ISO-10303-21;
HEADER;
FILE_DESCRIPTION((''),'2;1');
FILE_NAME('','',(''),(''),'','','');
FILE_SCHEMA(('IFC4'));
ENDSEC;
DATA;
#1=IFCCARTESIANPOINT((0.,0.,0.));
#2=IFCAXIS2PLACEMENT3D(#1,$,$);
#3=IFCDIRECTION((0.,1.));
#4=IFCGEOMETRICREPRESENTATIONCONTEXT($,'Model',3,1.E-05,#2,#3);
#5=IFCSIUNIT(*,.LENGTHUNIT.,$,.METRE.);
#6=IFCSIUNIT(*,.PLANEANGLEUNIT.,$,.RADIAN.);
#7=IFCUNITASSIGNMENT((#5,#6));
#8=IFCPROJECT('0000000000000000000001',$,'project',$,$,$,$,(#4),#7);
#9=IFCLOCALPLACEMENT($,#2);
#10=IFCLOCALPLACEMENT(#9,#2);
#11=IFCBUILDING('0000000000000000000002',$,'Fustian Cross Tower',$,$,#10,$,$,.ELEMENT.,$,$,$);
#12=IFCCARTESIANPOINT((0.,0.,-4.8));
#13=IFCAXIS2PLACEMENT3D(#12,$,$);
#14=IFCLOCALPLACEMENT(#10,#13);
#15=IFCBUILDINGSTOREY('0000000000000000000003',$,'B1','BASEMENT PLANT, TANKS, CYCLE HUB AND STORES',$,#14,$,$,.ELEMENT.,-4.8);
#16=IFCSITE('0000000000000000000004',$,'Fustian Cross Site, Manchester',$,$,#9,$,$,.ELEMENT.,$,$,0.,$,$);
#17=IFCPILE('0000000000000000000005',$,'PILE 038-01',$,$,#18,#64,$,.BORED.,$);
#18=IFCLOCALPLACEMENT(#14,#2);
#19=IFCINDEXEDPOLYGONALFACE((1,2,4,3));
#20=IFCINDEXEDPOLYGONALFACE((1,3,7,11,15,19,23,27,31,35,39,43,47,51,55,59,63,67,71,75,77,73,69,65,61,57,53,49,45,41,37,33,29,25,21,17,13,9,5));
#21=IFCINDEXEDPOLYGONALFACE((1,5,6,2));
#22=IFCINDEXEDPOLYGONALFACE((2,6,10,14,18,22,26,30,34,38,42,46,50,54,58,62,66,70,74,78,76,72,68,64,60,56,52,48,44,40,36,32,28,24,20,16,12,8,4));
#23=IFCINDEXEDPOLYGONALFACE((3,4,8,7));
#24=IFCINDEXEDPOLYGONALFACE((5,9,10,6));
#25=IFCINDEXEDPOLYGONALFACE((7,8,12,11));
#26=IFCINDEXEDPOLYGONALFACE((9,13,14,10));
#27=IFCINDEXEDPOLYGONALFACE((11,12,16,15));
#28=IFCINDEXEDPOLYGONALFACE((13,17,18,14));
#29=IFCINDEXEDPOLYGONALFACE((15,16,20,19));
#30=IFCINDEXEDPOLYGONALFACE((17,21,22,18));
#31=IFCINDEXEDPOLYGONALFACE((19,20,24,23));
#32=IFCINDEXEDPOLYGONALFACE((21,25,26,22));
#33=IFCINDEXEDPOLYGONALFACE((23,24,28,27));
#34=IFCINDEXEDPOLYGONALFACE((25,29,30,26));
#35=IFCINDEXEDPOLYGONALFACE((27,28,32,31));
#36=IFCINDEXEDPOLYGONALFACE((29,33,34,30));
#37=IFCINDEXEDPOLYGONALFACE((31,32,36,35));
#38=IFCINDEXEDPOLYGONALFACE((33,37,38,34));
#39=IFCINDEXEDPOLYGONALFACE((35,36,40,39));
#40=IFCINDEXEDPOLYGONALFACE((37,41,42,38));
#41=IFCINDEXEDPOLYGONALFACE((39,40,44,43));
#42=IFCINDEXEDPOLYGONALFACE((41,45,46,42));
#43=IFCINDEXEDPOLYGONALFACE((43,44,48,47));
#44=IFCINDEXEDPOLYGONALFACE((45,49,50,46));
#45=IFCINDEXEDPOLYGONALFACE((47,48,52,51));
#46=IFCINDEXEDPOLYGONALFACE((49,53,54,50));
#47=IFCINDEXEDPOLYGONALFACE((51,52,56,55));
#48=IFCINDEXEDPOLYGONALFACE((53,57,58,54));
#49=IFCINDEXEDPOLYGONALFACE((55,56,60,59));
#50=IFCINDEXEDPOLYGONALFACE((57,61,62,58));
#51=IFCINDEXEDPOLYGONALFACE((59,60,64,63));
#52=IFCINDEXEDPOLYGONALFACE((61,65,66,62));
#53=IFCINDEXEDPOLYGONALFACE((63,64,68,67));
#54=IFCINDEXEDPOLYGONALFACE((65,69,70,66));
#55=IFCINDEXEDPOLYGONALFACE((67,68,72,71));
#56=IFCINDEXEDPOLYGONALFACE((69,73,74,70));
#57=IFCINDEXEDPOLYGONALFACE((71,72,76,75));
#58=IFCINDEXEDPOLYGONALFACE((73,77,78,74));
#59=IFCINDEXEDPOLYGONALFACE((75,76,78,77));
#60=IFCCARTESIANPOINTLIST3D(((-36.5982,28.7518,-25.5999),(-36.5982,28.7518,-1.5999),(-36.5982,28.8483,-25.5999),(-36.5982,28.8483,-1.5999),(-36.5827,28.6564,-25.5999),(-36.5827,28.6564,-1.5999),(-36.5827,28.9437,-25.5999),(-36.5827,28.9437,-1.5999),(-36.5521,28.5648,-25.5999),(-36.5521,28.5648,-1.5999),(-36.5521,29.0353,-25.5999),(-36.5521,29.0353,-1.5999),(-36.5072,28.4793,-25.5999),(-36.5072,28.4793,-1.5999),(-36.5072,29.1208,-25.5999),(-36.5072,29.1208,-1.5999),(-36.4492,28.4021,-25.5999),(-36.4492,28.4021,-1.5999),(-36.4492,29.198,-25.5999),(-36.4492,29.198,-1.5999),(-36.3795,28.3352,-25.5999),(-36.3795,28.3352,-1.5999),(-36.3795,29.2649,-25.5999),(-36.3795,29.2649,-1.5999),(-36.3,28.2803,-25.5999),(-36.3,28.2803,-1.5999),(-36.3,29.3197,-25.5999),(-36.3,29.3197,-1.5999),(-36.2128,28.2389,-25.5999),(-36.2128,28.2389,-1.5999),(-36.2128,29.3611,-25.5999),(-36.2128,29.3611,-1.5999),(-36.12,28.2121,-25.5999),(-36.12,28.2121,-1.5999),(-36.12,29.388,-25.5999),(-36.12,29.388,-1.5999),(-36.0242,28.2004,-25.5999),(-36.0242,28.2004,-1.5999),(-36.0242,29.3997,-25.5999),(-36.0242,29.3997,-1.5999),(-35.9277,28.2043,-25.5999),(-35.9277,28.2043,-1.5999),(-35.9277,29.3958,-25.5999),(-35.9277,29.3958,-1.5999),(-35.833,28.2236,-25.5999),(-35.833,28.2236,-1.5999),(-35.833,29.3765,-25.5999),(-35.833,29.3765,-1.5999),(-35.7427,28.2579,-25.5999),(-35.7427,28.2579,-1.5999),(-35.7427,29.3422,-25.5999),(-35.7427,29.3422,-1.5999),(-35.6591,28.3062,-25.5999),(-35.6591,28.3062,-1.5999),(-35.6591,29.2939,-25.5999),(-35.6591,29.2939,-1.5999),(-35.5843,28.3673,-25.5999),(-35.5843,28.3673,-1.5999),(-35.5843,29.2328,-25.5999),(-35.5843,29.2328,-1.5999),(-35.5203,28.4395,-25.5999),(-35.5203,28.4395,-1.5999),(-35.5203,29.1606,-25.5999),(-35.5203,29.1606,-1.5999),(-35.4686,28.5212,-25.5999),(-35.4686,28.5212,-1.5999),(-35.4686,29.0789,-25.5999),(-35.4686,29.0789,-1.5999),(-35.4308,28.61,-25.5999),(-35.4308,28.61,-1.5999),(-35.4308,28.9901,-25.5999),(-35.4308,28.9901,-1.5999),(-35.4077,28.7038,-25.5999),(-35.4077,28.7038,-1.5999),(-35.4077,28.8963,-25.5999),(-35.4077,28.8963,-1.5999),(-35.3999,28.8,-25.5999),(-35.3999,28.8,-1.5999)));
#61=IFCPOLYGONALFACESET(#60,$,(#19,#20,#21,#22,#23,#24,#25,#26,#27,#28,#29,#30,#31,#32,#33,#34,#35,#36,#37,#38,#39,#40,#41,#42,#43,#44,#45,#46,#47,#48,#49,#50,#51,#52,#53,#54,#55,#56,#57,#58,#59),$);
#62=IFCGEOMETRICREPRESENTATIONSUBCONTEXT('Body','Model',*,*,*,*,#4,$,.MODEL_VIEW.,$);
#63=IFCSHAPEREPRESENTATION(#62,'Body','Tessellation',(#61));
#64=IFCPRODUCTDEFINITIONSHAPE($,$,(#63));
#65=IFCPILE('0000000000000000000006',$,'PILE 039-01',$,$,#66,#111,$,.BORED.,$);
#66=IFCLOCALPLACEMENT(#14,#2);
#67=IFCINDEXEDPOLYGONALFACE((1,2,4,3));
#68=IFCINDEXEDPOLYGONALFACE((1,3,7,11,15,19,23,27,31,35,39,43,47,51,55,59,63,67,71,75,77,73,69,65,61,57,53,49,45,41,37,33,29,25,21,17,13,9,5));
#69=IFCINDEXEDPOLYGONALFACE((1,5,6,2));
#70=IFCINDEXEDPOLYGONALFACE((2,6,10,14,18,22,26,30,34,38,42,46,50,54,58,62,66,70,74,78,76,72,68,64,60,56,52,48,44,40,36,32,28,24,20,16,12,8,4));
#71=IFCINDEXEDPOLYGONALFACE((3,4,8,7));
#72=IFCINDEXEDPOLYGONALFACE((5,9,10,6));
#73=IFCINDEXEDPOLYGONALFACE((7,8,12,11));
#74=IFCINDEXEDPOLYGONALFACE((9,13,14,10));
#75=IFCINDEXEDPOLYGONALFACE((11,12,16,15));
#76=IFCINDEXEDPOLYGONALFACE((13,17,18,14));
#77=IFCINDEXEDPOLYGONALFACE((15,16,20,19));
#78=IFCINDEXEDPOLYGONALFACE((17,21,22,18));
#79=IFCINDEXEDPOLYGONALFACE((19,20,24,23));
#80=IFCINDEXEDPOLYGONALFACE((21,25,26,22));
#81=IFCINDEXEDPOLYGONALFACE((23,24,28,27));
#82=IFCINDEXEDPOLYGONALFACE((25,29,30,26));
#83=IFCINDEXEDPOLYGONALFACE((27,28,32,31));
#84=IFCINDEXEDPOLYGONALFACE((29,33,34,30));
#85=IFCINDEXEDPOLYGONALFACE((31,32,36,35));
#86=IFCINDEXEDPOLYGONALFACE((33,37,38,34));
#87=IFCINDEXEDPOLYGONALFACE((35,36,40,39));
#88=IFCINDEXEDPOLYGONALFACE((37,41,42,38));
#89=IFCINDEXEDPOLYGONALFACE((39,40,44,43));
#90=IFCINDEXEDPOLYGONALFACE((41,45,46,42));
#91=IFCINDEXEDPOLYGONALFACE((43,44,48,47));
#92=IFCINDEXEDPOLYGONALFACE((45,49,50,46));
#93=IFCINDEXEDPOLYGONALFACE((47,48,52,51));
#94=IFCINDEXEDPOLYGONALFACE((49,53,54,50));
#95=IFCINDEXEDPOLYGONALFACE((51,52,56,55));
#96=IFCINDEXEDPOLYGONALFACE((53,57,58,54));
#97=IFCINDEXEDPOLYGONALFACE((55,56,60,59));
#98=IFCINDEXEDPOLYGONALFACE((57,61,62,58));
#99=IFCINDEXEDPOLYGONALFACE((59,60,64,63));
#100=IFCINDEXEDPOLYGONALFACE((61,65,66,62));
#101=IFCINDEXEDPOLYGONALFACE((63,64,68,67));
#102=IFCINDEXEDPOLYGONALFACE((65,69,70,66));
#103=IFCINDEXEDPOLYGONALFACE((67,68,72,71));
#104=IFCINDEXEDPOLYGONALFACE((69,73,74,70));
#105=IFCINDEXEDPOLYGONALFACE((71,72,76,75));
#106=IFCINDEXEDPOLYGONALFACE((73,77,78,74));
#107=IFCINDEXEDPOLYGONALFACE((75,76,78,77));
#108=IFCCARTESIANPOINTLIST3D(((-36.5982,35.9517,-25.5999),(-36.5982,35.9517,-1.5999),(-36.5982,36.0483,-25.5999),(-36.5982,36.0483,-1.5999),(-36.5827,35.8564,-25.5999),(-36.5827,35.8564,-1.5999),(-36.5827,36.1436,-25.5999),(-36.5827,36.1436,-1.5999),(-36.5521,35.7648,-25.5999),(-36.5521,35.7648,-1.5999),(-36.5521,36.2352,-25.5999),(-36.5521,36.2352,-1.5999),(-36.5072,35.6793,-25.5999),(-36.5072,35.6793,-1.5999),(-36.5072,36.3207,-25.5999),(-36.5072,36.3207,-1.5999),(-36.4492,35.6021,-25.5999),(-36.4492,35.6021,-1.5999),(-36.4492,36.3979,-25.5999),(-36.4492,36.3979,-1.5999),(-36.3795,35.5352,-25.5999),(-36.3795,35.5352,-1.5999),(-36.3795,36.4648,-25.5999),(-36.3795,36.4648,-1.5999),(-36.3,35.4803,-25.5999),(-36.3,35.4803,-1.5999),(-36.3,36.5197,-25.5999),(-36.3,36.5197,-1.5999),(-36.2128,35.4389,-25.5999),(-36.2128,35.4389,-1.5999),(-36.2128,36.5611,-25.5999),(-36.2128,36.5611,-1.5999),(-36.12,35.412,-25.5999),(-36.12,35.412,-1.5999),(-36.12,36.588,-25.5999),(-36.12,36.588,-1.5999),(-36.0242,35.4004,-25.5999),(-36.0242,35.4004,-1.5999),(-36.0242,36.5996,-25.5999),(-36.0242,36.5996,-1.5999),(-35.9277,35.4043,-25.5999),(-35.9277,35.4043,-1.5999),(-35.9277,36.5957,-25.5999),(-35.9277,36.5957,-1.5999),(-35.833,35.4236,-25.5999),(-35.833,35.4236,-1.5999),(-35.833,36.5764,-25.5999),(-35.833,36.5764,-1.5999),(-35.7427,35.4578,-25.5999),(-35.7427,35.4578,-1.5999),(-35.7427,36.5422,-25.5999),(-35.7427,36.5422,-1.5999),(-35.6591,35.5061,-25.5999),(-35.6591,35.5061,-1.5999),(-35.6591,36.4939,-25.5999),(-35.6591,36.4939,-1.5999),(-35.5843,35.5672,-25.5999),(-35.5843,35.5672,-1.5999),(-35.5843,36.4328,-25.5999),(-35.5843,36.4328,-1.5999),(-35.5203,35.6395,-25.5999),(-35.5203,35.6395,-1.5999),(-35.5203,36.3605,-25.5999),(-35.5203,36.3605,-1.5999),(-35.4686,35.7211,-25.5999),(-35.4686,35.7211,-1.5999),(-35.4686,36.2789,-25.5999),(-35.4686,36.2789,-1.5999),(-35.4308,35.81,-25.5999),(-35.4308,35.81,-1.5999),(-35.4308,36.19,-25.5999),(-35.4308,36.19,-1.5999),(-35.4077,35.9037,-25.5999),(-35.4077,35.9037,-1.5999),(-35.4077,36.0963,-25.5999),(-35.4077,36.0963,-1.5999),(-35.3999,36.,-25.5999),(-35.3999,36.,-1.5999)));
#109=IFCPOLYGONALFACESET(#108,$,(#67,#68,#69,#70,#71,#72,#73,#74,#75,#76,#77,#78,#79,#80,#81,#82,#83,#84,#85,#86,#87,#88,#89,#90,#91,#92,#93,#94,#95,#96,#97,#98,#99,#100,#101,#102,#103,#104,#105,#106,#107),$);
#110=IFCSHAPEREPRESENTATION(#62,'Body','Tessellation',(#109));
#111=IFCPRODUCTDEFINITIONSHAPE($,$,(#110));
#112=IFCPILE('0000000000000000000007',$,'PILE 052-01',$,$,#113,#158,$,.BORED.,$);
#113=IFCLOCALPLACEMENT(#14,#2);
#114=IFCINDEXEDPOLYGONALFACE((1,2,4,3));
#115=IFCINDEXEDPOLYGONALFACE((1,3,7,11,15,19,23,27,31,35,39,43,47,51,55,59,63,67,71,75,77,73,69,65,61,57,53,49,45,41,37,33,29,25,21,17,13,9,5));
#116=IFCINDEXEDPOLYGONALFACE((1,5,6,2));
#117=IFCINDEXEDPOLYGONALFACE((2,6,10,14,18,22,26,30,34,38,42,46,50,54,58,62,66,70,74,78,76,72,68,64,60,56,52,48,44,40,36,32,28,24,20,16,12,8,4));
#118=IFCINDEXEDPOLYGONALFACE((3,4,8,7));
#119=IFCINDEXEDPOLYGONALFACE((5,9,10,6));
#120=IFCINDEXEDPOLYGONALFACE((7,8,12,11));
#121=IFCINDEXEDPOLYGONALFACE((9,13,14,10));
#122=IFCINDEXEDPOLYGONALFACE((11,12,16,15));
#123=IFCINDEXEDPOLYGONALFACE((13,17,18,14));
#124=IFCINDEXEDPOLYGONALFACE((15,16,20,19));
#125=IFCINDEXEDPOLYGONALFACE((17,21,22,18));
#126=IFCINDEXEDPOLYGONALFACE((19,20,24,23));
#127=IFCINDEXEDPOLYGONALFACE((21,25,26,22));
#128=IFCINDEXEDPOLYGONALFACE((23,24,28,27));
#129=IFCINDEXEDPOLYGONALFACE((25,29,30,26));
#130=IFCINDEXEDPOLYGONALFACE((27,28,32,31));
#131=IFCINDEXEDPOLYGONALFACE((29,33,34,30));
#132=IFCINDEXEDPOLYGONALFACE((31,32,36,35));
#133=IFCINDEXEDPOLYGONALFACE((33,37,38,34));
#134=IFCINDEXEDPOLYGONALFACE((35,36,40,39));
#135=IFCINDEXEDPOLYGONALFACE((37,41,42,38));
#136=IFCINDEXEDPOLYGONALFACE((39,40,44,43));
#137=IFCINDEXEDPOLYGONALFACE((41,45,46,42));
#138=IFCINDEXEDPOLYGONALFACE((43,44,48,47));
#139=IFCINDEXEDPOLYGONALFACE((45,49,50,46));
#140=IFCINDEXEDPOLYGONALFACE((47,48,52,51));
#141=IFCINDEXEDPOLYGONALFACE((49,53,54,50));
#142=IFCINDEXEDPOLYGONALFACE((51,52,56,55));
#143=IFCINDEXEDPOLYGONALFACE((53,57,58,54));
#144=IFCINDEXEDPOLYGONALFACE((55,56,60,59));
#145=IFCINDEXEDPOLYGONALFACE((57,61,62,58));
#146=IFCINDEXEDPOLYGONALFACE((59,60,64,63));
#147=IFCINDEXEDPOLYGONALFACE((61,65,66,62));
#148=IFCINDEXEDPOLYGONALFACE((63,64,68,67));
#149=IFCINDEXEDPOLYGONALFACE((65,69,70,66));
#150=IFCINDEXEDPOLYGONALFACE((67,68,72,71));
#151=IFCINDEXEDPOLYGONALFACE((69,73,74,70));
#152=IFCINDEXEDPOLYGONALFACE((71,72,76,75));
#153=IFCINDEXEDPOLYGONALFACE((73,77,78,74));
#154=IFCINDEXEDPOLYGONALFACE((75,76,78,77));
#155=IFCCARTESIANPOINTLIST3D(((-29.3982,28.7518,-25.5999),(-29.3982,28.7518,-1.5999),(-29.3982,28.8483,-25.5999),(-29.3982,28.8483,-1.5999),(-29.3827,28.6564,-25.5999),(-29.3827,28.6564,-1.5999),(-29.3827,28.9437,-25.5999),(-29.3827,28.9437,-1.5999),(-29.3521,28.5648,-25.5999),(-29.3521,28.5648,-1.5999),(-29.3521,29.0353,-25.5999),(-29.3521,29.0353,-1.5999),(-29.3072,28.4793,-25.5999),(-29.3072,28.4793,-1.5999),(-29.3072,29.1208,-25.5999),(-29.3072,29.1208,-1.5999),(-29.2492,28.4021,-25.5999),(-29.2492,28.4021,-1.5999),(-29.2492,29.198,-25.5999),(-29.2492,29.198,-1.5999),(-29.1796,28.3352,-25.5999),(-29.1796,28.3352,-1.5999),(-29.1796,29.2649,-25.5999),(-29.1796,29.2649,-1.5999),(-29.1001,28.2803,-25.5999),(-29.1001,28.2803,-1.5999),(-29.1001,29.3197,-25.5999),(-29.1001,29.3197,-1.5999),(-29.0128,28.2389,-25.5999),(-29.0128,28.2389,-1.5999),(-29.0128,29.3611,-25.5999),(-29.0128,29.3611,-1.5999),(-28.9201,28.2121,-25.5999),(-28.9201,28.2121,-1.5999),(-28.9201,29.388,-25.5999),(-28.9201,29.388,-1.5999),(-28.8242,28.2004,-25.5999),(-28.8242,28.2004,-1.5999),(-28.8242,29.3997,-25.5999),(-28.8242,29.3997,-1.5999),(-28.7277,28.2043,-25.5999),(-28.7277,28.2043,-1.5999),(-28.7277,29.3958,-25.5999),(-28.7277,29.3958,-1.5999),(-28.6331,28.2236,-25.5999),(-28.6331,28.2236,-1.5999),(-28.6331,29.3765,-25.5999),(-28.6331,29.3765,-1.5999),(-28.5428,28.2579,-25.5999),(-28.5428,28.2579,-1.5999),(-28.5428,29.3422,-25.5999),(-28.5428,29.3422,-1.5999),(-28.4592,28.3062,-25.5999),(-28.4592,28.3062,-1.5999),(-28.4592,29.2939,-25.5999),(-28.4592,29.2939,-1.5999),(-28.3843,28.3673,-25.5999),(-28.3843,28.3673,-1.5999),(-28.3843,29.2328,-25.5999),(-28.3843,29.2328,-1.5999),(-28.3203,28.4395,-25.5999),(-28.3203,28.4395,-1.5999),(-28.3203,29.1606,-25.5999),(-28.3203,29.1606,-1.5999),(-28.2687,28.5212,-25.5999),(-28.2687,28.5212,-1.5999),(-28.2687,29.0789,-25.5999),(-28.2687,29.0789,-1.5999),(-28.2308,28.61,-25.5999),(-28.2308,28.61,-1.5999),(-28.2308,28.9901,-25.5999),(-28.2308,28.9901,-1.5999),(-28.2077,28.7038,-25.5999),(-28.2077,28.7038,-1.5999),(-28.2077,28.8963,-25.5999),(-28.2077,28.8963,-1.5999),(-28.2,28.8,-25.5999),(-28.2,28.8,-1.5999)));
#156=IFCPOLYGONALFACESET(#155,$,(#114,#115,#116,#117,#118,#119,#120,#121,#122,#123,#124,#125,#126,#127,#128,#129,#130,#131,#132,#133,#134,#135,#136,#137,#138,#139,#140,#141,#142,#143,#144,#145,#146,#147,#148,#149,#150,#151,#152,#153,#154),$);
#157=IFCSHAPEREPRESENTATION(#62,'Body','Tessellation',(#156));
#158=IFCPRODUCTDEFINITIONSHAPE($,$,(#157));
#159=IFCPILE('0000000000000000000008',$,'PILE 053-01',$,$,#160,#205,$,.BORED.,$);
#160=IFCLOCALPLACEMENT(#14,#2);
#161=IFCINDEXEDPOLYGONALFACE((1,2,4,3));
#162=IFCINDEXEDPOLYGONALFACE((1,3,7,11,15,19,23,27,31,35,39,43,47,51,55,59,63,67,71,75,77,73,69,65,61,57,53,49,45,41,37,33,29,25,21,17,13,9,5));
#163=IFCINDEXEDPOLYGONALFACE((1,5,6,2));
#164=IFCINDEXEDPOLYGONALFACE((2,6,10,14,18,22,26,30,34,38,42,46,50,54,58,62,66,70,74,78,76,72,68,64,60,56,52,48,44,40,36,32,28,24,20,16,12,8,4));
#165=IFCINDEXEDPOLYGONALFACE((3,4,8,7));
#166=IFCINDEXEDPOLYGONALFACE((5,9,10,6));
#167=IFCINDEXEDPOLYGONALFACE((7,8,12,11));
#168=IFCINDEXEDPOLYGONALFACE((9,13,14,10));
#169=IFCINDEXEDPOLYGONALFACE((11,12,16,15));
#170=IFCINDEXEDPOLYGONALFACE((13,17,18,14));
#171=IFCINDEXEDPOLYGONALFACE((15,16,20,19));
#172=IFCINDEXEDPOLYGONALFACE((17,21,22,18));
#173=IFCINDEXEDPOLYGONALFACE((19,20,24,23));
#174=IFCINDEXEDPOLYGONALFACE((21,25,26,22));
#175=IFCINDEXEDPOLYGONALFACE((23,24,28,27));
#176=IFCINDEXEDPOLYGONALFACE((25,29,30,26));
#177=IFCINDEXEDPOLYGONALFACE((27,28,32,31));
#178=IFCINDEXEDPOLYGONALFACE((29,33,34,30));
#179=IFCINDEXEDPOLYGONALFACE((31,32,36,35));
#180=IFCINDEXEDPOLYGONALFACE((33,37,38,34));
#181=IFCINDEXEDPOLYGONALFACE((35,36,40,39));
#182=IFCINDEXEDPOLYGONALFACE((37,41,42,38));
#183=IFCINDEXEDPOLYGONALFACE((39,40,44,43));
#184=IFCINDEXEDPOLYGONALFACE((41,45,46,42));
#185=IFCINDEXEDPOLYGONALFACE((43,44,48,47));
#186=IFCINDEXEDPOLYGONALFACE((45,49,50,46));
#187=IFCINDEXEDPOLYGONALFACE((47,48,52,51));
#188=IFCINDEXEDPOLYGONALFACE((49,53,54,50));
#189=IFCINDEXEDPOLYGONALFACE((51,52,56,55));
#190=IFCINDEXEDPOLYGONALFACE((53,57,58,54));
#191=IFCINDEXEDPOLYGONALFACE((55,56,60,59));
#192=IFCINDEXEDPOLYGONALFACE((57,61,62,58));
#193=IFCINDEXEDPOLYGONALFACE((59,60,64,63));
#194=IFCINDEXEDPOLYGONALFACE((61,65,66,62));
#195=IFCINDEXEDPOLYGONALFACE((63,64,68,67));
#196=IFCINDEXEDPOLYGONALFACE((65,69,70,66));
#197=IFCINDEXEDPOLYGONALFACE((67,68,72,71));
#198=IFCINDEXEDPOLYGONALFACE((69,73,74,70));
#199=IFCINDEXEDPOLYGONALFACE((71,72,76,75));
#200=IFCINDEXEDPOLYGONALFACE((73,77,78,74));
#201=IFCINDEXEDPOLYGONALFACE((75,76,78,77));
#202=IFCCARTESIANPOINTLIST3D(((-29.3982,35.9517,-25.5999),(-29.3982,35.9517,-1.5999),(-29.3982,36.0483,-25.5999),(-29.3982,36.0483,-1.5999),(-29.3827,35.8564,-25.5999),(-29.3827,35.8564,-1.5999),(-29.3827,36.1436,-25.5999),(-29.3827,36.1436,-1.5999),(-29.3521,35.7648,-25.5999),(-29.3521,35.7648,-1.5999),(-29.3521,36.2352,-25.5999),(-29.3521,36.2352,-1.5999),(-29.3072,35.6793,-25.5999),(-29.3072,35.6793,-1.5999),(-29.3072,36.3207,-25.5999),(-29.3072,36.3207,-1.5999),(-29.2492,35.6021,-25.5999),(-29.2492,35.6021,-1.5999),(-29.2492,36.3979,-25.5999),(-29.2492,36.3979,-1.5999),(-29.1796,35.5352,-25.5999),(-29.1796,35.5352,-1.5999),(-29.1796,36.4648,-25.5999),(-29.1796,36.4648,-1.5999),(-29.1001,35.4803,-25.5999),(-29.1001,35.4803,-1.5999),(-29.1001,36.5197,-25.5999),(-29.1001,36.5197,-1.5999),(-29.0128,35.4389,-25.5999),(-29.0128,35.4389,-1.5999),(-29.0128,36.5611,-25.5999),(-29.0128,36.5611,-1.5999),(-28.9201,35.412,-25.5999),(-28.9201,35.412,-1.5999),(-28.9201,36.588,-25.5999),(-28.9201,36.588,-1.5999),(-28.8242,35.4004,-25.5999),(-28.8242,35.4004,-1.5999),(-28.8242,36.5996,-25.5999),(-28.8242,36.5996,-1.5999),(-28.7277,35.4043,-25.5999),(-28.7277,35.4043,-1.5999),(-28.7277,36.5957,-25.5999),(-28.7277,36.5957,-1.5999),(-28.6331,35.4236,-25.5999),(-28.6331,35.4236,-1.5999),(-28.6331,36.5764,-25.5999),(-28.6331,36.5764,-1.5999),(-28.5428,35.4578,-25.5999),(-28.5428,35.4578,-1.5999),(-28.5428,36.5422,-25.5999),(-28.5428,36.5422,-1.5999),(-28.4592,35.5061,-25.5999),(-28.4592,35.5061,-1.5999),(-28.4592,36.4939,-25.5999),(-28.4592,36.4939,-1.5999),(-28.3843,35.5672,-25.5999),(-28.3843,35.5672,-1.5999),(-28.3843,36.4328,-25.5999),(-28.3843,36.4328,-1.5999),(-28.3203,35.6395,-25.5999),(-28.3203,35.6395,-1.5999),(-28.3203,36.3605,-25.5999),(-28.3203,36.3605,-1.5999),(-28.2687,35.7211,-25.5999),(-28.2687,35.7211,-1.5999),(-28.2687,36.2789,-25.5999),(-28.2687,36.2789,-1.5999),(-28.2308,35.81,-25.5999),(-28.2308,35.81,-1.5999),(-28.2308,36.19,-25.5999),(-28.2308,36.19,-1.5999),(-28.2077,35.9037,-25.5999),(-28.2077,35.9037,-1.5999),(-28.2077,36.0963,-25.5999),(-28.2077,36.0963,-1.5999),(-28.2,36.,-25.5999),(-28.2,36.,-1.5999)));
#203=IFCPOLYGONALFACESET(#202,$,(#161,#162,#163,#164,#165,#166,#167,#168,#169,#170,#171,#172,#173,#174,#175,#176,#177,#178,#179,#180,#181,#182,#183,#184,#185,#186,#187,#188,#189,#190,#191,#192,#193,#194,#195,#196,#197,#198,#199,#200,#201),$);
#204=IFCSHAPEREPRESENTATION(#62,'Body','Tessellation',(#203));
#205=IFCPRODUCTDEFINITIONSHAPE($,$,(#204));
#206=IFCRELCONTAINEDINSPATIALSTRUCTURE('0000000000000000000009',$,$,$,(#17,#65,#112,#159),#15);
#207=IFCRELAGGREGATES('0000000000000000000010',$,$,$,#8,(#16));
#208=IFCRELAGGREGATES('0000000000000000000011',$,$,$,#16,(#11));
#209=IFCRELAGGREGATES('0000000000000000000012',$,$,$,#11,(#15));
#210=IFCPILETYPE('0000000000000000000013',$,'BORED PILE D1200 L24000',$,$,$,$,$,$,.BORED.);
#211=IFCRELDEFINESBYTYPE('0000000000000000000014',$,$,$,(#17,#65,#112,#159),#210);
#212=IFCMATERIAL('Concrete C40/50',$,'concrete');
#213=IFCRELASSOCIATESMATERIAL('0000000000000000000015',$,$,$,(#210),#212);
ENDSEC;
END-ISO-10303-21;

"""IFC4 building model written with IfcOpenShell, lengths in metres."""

from ifc_helpers import new_model, si_unit, direction, frame, origin, origin_2d, place, context, subcontext, project, spatial, circle, extrude, material, material_profile, profile_set, type_object, element, save


model = new_model("IFC4")

# Units and contexts
model_context = context("Model", 3, precision=1e-05, world=origin(), true_north=direction((0.0, 1.0)))
body_context = subcontext(model_context, "Body", "Model", "MODEL_VIEW")
ifc_project = project(units=[si_unit("LENGTHUNIT", "METRE"), si_unit("PLANEANGLEUNIT", "RADIAN")], contexts=[model_context])

# Site, building, storey
site_placement = place(None, origin())
site = spatial("IfcSite", under=ifc_project, at=site_placement, Name="Fustian Cross Site, Manchester", CompositionType="ELEMENT", RefElevation=0.0)
building_placement = place(site_placement, origin())
building = spatial("IfcBuilding", under=site, at=building_placement, Name="Fustian Cross Tower", CompositionType="ELEMENT")
storey_placement = place(building_placement, frame((0.0, 0.0, -4.8)))
storey = spatial("IfcBuildingStorey", under=building, at=storey_placement, Name="B1", Description="BASEMENT PLANT, TANKS, CYCLE HUB AND STORES", CompositionType="ELEMENT", Elevation=-4.8)

# Piles
ifc_material_1 = material(Name="Concrete C40/50", Category="concrete")
ifc_material_profile_1 = material_profile(ifc_material_1, circle(Radius=0.6001, at=origin_2d()), Name="BORED PILE D1200 L24000")
ifc_profile_set_1 = profile_set([ifc_material_profile_1], Name="Concrete C40/50")
pile_type = type_object("IfcPileType", Name="BORED PILE D1200 L24000", PredefinedType="BORED", material=ifc_profile_set_1)
for number, where, z_axis, x_axis, name in (
    (1, (-36.0, 28.8, -1.5999), (0.0, 0.0, -1.0), (1.0, 0.0, 0.0), "PILE 038-01"),
    (2, (-36.0, 36.0, -1.5999), (0.0, 0.0, -1.0), (1.0, 0.0, 0.0), "PILE 039-01"),
    (3, (-28.8, 28.8, -1.5999), (0.0, 0.0, -1.0), (1.0, 0.0, 0.0), "PILE 052-01"),
    (4, (-28.8, 36.0, -1.5999), (0.0, 0.0, -1.0), (1.0, 0.0, 0.0), "PILE 053-01"),
):
    element("IfcPile", number, at=place(storey_placement, frame(where, z_axis=z_axis, x_axis=x_axis)), inside=storey, type_object=pile_type, Name=name, PredefinedType="BORED", context=body_context, shape_type="SweptSolid", body=[
        extrude(circle(Radius=0.6001, at=origin_2d()), origin(), (0.0, 0.0, 1.0), 24.0),
    ])

save(model, "model.ifc")
